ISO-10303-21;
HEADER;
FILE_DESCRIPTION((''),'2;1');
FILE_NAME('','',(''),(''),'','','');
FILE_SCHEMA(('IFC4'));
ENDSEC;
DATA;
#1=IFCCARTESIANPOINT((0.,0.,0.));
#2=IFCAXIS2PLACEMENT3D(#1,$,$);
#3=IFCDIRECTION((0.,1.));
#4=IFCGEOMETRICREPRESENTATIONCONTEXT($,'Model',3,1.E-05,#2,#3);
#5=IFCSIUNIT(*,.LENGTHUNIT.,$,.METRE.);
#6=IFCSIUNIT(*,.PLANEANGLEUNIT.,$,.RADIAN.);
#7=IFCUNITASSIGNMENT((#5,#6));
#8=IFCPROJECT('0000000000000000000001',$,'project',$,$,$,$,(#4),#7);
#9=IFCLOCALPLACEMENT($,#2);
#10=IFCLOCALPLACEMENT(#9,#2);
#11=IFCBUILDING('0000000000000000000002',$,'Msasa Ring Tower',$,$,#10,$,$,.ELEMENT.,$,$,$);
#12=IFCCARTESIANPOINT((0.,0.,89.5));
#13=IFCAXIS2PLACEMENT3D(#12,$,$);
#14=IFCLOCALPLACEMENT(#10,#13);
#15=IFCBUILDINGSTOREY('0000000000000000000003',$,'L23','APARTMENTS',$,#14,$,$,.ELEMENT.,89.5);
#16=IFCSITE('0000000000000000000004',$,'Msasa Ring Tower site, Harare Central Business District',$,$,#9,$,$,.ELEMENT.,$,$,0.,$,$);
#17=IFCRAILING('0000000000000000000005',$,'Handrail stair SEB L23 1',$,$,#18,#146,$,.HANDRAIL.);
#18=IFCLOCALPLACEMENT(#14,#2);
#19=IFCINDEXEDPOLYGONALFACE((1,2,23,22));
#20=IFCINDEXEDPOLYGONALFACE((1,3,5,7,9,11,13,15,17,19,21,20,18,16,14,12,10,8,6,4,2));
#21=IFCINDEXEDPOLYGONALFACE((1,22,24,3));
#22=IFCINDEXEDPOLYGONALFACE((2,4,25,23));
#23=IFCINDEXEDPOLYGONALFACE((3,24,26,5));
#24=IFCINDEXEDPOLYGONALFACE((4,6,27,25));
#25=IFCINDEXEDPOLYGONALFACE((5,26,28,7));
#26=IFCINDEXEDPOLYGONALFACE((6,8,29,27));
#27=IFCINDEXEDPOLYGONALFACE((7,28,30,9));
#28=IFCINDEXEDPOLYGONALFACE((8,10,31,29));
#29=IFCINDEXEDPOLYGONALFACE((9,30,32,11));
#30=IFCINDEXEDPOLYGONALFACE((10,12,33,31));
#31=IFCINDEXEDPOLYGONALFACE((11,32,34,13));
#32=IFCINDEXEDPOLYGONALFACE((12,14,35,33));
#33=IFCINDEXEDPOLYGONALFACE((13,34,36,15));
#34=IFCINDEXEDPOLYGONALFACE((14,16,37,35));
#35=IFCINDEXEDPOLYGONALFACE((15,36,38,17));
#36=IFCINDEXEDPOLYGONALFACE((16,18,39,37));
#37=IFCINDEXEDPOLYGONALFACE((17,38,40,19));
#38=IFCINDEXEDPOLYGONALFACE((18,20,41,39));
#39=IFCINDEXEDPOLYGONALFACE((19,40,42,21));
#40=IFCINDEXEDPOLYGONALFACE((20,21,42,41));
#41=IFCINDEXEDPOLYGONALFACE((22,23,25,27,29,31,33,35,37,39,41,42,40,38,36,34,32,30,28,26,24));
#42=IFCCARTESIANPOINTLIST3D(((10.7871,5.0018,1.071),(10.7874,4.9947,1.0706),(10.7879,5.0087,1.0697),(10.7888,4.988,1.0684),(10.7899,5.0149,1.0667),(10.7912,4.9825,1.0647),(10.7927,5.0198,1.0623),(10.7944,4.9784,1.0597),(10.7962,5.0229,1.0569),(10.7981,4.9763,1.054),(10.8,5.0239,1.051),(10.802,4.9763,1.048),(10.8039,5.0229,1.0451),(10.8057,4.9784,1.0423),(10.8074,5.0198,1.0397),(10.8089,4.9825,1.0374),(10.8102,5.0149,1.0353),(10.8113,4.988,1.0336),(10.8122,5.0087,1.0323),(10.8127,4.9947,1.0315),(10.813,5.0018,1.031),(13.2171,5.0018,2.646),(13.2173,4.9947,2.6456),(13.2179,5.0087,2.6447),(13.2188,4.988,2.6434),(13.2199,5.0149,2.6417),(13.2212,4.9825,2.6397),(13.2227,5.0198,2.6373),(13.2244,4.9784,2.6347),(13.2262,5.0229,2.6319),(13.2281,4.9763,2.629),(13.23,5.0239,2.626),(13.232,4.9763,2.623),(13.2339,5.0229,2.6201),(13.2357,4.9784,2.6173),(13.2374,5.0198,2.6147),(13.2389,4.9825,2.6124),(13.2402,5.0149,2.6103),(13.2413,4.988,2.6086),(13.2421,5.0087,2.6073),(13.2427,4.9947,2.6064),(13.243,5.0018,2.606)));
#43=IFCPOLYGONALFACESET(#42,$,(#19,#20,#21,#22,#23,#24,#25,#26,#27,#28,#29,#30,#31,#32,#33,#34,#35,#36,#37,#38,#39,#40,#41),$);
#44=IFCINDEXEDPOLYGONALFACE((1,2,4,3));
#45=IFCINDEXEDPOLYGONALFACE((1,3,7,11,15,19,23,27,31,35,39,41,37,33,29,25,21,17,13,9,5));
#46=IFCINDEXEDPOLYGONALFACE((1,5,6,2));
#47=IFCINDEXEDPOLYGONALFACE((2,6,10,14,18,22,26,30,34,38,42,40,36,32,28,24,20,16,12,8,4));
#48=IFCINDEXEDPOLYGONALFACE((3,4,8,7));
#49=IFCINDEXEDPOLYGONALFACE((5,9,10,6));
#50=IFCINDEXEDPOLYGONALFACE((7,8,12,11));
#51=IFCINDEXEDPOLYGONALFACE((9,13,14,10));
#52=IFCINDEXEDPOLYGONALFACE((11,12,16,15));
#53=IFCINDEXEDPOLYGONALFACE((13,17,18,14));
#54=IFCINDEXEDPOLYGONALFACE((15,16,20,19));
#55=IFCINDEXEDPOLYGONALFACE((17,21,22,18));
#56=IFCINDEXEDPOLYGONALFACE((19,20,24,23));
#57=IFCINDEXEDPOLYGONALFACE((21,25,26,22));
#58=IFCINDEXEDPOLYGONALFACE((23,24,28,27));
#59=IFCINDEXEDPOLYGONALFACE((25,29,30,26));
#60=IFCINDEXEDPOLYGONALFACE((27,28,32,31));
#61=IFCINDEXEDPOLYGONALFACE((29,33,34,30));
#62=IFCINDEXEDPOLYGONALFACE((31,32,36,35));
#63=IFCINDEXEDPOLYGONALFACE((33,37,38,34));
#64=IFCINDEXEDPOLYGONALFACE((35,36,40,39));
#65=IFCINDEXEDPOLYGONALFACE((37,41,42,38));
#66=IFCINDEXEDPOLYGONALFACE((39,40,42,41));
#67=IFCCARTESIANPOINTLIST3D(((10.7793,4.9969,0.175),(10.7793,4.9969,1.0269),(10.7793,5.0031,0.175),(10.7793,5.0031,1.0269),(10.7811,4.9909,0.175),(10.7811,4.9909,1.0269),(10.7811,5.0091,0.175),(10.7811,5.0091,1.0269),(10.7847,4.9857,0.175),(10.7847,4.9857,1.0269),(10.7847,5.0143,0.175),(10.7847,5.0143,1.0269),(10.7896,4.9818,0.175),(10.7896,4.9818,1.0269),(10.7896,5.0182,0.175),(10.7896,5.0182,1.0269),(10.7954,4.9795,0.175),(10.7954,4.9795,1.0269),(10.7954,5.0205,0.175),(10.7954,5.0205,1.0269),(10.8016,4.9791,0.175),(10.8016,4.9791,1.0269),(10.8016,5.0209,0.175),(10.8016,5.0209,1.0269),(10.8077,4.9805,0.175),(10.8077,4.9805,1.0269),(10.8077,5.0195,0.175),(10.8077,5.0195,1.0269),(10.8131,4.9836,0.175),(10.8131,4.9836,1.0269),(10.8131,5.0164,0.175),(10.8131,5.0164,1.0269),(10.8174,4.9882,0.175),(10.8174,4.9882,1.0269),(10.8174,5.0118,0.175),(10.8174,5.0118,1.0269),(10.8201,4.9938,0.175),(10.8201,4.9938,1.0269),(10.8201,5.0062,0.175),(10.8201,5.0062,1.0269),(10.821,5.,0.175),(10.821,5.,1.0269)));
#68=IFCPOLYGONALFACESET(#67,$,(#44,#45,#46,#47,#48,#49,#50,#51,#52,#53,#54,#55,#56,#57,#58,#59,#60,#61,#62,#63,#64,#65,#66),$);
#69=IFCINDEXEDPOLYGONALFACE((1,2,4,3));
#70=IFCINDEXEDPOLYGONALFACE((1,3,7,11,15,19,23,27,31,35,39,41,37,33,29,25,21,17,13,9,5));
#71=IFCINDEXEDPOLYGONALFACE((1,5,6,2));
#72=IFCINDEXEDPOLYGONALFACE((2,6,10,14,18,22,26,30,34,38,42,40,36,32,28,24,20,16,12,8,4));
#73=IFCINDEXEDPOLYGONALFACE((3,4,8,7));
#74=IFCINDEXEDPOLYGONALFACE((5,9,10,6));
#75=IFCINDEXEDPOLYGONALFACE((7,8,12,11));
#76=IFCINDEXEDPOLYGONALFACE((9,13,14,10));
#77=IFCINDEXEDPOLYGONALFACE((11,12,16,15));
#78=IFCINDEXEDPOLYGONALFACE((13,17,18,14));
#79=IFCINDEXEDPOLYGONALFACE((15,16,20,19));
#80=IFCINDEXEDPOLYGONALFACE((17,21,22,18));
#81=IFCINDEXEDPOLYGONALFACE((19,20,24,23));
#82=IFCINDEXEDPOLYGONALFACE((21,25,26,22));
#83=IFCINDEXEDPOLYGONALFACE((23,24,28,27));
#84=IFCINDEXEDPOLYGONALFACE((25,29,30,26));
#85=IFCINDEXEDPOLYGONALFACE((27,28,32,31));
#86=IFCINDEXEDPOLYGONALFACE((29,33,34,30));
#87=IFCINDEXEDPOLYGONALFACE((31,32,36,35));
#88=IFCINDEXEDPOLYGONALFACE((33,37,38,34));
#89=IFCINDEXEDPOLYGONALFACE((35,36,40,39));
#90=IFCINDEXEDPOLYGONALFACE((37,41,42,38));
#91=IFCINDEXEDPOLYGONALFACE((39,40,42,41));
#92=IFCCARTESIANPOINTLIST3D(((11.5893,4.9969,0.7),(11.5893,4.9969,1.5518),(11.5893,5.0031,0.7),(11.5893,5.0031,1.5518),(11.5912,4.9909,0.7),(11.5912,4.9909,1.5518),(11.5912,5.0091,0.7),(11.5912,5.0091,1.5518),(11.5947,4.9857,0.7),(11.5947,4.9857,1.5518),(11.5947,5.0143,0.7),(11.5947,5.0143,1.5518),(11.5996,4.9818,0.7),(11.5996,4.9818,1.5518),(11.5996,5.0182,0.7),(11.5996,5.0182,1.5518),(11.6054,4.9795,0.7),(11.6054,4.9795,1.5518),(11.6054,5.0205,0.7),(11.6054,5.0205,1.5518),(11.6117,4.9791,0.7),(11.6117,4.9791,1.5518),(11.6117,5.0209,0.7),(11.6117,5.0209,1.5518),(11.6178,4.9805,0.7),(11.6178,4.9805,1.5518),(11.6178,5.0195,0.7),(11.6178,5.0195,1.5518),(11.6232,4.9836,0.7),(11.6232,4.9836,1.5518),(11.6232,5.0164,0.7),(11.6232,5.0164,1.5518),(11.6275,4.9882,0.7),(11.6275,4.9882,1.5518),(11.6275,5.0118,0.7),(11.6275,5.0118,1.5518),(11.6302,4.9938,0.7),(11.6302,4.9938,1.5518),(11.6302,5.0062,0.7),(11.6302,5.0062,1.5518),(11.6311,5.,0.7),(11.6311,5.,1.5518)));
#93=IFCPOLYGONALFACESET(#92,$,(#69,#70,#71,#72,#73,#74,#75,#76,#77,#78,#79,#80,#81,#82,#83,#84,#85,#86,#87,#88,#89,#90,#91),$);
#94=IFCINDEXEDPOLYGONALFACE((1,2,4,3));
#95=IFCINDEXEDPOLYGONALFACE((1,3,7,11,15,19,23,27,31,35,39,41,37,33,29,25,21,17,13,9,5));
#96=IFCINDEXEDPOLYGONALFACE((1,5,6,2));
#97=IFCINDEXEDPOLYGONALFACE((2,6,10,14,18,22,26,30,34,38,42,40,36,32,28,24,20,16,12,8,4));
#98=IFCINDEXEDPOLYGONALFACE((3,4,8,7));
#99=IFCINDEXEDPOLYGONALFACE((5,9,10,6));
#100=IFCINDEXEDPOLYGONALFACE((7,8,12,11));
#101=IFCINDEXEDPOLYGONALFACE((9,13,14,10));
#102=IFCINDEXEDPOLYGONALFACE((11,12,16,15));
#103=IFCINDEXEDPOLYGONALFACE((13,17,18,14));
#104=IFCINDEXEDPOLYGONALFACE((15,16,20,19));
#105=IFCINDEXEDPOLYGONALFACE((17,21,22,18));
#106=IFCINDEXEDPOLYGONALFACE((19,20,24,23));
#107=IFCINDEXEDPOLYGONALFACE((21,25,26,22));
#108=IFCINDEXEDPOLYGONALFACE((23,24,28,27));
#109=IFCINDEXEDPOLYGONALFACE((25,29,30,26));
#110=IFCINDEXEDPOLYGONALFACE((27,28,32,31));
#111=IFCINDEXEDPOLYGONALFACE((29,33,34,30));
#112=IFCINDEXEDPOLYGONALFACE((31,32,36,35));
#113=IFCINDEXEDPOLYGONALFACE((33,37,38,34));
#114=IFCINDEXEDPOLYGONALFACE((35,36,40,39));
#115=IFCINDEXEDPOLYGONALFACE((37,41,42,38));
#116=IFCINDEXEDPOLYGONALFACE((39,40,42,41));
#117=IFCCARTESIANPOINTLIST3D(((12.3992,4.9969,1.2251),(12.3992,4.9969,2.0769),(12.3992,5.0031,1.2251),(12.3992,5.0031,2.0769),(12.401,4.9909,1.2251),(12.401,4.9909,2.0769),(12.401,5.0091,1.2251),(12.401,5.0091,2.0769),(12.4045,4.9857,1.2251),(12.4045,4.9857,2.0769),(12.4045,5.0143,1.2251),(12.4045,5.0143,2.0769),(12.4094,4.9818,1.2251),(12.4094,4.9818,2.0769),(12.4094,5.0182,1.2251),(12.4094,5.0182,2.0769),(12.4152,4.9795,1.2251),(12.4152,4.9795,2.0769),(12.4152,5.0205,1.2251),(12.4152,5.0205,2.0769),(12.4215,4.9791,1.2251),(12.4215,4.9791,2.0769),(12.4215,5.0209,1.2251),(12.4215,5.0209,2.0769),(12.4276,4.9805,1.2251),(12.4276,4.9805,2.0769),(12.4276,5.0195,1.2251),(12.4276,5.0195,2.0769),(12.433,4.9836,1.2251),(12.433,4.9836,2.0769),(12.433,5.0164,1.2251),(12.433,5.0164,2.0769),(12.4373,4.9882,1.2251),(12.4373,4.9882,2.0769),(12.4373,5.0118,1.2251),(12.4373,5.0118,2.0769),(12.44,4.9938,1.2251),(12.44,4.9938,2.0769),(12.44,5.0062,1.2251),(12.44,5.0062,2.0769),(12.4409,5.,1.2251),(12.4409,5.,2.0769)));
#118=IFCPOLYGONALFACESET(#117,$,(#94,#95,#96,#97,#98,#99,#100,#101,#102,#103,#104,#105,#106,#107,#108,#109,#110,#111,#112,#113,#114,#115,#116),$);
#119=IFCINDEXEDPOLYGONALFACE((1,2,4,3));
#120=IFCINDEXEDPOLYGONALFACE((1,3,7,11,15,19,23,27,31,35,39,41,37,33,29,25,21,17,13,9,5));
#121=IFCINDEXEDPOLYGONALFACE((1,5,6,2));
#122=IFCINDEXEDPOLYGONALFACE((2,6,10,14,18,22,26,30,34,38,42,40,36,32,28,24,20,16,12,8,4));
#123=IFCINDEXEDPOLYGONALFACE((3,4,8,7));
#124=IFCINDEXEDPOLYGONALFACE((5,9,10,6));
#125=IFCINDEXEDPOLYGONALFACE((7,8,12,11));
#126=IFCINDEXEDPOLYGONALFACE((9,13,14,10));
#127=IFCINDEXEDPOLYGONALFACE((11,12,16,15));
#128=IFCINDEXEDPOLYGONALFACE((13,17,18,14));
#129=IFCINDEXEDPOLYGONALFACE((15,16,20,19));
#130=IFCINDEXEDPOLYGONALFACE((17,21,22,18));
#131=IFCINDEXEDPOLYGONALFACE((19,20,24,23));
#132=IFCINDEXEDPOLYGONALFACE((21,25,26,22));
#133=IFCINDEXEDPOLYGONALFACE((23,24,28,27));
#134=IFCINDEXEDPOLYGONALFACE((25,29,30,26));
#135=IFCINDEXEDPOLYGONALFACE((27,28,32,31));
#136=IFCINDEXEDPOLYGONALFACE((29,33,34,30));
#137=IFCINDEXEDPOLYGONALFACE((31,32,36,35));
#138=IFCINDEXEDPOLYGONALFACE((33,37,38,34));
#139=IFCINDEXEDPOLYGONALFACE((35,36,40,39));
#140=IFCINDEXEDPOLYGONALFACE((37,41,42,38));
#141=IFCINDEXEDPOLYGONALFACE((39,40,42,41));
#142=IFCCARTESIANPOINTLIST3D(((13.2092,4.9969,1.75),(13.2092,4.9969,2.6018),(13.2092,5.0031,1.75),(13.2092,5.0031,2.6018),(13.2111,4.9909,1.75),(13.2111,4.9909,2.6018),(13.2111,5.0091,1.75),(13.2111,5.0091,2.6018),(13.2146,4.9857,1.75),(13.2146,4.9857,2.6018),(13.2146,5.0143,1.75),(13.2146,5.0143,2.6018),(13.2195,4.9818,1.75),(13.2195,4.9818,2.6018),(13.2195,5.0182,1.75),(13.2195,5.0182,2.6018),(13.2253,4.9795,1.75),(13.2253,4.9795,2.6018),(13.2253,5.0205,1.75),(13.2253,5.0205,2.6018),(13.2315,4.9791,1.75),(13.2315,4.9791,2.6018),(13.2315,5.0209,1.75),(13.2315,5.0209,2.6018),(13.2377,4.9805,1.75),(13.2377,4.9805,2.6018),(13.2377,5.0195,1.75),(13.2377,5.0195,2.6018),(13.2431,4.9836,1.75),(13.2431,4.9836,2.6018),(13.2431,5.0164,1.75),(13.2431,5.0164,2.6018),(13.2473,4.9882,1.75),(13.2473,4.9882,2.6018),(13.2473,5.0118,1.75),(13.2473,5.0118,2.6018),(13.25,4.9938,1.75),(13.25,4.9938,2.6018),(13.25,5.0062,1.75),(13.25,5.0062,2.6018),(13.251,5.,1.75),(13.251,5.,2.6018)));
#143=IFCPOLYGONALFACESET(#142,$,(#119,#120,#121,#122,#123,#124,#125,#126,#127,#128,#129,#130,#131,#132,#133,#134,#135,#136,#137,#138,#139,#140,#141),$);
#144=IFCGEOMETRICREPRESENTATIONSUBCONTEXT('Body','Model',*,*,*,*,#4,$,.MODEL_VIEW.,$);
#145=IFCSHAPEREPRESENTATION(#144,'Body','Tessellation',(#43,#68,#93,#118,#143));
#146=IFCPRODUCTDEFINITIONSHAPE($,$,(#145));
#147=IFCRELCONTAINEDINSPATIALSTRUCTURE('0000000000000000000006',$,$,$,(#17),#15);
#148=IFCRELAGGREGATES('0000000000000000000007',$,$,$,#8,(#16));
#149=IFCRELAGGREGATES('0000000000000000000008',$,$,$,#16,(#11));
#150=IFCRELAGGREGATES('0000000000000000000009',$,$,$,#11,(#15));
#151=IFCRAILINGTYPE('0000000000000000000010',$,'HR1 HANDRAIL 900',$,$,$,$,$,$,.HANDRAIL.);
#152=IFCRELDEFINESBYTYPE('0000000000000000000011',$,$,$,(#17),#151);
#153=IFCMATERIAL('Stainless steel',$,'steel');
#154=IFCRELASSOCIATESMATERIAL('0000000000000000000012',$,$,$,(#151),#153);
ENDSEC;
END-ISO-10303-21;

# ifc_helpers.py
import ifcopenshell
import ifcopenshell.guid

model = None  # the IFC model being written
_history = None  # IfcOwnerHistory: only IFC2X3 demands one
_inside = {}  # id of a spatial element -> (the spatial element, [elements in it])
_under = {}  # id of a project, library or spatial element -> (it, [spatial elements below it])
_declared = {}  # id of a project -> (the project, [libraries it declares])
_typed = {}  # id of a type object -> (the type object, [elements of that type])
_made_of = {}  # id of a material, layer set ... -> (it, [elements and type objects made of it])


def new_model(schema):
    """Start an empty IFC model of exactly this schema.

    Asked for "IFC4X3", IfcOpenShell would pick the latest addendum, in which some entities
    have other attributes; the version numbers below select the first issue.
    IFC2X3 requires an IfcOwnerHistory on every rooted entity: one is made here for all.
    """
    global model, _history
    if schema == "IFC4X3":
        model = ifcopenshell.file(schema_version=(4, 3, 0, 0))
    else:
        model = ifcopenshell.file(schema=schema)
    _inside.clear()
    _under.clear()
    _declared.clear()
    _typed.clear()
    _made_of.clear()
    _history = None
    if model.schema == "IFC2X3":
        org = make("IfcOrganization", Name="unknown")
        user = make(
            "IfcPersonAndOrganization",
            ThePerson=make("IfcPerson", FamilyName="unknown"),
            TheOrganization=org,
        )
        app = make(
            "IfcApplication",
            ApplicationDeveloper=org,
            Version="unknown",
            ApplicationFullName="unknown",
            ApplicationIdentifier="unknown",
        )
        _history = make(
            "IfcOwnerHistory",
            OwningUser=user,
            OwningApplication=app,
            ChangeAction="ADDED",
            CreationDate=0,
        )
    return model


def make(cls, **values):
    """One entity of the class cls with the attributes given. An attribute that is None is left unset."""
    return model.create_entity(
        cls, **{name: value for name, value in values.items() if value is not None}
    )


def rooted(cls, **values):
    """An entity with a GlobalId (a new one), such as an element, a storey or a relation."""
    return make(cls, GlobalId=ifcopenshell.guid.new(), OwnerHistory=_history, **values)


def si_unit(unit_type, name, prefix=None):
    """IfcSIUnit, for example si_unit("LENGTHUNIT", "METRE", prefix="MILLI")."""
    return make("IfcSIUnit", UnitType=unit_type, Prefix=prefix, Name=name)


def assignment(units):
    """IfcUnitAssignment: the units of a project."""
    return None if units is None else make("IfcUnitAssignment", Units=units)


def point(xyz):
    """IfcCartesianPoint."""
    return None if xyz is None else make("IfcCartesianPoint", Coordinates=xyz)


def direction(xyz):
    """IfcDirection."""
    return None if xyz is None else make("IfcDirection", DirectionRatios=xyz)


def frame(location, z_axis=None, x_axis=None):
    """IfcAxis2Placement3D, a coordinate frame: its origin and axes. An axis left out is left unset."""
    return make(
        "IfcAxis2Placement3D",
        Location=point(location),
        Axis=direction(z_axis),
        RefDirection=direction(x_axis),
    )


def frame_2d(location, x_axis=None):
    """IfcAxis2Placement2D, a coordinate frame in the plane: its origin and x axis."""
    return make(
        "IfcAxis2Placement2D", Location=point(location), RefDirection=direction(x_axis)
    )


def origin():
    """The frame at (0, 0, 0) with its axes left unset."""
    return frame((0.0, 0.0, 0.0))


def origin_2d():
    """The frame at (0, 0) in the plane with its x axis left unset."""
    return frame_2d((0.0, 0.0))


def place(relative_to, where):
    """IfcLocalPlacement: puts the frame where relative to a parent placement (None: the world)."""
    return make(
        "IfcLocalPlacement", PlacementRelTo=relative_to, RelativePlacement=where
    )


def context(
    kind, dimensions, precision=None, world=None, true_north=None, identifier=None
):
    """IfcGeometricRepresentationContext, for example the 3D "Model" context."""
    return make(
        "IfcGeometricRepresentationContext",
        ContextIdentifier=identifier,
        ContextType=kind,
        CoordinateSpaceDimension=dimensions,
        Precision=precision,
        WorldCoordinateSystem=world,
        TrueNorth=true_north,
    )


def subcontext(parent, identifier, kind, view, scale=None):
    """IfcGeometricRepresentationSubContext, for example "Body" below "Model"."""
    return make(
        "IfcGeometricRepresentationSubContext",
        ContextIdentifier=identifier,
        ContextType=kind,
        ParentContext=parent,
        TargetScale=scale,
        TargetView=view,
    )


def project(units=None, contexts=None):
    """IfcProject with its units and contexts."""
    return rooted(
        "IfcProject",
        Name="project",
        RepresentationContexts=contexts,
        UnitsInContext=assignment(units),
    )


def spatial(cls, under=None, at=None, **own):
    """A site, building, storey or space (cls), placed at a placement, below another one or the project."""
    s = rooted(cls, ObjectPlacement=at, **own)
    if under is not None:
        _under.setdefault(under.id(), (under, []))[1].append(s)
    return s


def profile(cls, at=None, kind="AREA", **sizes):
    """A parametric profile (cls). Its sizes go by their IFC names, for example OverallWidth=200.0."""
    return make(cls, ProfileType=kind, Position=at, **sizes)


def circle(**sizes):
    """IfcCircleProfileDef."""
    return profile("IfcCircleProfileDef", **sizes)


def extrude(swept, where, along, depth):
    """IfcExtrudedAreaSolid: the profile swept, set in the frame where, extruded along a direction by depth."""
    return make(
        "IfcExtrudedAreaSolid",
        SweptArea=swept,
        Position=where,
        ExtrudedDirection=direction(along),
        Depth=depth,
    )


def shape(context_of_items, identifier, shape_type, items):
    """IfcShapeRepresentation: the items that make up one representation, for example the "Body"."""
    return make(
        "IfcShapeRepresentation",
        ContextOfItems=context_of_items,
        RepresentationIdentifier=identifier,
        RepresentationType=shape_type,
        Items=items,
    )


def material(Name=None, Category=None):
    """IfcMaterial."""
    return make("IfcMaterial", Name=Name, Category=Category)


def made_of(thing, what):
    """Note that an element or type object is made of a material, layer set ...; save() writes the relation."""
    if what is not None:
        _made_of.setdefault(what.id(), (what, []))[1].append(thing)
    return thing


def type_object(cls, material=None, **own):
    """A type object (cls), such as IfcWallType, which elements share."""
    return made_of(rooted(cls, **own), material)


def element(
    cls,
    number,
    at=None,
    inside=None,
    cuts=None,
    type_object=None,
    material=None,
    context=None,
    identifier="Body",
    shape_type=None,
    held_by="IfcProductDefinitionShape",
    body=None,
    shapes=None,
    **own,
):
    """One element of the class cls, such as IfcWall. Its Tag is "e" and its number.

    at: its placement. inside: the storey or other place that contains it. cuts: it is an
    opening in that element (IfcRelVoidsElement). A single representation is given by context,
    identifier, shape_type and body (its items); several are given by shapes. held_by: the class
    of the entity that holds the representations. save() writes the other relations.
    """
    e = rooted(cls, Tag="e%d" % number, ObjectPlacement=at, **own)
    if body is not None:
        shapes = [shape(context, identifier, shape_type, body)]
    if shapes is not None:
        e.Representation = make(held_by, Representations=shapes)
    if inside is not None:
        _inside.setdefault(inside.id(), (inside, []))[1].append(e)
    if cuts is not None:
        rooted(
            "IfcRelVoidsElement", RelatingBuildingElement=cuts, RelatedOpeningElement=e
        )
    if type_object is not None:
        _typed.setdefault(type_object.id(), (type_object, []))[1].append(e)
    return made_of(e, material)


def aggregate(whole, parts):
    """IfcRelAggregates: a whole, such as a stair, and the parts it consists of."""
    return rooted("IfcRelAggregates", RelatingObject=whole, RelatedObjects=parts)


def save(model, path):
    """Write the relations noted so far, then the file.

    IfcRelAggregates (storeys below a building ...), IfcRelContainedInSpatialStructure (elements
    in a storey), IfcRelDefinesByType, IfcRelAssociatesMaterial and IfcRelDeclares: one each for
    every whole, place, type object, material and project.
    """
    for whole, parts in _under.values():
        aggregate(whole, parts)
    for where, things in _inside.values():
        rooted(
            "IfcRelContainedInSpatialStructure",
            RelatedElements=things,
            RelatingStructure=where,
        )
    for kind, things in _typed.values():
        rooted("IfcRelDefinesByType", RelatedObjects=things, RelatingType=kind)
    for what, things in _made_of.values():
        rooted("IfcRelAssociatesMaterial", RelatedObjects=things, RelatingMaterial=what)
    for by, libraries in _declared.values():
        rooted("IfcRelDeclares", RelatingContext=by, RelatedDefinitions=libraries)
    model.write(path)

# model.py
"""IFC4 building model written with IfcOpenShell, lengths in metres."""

from ifc_helpers import new_model, si_unit, direction, frame, origin, origin_2d, place, context, subcontext, project, spatial, circle, extrude, material, type_object, element, save


model = new_model("IFC4")

# Units and contexts
model_context = context("Model", 3, precision=1e-05, world=origin(), true_north=direction((0.0, 1.0)))
body_context = subcontext(model_context, "Body", "Model", "MODEL_VIEW")
ifc_project = project(units=[si_unit("LENGTHUNIT", "METRE"), si_unit("PLANEANGLEUNIT", "RADIAN")], contexts=[model_context])

# Site, building, storey
site_placement = place(None, origin())
site = spatial("IfcSite", under=ifc_project, at=site_placement, Name="Msasa Ring Tower site, Harare Central Business District", CompositionType="ELEMENT", RefElevation=0.0)
building_placement = place(site_placement, origin())
building = spatial("IfcBuilding", under=site, at=building_placement, Name="Msasa Ring Tower", CompositionType="ELEMENT")
storey_placement = place(building_placement, frame((0.0, 0.0, 89.5)))
storey = spatial("IfcBuildingStorey", under=building, at=storey_placement, Name="L23", Description="APARTMENTS", CompositionType="ELEMENT", Elevation=89.5)

# Railing
ifc_material_1 = material(Name="Stainless steel", Category="steel")
railing_type = type_object("IfcRailingType", Name="HR1 HANDRAIL 900", PredefinedType="HANDRAIL", material=ifc_material_1)
for number, where, name in (
    (1, (10.8, 5.0, 0.175), "Handrail stair SEB L23 1"),
):
    element("IfcRailing", number, at=place(storey_placement, frame(where)), inside=storey, type_object=railing_type, Name=name, PredefinedType="HANDRAIL", context=body_context, shape_type="SweptSolid", body=[
        extrude(circle(Radius=0.0239, at=origin_2d()), frame((0.0, 0.0, 0.876), z_axis=(0.839154, 0.0, 0.543894), x_axis=(0.0, 1.0, 0.0)), (0.0, 0.0, 1.0), 2.8958),
        extrude(circle(Radius=0.021, at=origin_2d()), origin(), (0.0, 0.0, 1.0), 0.8518),
        extrude(circle(Radius=0.021, at=origin_2d()), frame((0.8101, 0.0, 0.5249)), (0.0, 0.0, 1.0), 0.8518),
        extrude(circle(Radius=0.021, at=origin_2d()), frame((1.6199, 0.0, 1.05)), (0.0, 0.0, 1.0), 0.8518),
        extrude(circle(Radius=0.021, at=origin_2d()), frame((2.4299, 0.0, 1.575)), (0.0, 0.0, 1.0), 0.8518),
    ])

save(model, "model.ifc")
